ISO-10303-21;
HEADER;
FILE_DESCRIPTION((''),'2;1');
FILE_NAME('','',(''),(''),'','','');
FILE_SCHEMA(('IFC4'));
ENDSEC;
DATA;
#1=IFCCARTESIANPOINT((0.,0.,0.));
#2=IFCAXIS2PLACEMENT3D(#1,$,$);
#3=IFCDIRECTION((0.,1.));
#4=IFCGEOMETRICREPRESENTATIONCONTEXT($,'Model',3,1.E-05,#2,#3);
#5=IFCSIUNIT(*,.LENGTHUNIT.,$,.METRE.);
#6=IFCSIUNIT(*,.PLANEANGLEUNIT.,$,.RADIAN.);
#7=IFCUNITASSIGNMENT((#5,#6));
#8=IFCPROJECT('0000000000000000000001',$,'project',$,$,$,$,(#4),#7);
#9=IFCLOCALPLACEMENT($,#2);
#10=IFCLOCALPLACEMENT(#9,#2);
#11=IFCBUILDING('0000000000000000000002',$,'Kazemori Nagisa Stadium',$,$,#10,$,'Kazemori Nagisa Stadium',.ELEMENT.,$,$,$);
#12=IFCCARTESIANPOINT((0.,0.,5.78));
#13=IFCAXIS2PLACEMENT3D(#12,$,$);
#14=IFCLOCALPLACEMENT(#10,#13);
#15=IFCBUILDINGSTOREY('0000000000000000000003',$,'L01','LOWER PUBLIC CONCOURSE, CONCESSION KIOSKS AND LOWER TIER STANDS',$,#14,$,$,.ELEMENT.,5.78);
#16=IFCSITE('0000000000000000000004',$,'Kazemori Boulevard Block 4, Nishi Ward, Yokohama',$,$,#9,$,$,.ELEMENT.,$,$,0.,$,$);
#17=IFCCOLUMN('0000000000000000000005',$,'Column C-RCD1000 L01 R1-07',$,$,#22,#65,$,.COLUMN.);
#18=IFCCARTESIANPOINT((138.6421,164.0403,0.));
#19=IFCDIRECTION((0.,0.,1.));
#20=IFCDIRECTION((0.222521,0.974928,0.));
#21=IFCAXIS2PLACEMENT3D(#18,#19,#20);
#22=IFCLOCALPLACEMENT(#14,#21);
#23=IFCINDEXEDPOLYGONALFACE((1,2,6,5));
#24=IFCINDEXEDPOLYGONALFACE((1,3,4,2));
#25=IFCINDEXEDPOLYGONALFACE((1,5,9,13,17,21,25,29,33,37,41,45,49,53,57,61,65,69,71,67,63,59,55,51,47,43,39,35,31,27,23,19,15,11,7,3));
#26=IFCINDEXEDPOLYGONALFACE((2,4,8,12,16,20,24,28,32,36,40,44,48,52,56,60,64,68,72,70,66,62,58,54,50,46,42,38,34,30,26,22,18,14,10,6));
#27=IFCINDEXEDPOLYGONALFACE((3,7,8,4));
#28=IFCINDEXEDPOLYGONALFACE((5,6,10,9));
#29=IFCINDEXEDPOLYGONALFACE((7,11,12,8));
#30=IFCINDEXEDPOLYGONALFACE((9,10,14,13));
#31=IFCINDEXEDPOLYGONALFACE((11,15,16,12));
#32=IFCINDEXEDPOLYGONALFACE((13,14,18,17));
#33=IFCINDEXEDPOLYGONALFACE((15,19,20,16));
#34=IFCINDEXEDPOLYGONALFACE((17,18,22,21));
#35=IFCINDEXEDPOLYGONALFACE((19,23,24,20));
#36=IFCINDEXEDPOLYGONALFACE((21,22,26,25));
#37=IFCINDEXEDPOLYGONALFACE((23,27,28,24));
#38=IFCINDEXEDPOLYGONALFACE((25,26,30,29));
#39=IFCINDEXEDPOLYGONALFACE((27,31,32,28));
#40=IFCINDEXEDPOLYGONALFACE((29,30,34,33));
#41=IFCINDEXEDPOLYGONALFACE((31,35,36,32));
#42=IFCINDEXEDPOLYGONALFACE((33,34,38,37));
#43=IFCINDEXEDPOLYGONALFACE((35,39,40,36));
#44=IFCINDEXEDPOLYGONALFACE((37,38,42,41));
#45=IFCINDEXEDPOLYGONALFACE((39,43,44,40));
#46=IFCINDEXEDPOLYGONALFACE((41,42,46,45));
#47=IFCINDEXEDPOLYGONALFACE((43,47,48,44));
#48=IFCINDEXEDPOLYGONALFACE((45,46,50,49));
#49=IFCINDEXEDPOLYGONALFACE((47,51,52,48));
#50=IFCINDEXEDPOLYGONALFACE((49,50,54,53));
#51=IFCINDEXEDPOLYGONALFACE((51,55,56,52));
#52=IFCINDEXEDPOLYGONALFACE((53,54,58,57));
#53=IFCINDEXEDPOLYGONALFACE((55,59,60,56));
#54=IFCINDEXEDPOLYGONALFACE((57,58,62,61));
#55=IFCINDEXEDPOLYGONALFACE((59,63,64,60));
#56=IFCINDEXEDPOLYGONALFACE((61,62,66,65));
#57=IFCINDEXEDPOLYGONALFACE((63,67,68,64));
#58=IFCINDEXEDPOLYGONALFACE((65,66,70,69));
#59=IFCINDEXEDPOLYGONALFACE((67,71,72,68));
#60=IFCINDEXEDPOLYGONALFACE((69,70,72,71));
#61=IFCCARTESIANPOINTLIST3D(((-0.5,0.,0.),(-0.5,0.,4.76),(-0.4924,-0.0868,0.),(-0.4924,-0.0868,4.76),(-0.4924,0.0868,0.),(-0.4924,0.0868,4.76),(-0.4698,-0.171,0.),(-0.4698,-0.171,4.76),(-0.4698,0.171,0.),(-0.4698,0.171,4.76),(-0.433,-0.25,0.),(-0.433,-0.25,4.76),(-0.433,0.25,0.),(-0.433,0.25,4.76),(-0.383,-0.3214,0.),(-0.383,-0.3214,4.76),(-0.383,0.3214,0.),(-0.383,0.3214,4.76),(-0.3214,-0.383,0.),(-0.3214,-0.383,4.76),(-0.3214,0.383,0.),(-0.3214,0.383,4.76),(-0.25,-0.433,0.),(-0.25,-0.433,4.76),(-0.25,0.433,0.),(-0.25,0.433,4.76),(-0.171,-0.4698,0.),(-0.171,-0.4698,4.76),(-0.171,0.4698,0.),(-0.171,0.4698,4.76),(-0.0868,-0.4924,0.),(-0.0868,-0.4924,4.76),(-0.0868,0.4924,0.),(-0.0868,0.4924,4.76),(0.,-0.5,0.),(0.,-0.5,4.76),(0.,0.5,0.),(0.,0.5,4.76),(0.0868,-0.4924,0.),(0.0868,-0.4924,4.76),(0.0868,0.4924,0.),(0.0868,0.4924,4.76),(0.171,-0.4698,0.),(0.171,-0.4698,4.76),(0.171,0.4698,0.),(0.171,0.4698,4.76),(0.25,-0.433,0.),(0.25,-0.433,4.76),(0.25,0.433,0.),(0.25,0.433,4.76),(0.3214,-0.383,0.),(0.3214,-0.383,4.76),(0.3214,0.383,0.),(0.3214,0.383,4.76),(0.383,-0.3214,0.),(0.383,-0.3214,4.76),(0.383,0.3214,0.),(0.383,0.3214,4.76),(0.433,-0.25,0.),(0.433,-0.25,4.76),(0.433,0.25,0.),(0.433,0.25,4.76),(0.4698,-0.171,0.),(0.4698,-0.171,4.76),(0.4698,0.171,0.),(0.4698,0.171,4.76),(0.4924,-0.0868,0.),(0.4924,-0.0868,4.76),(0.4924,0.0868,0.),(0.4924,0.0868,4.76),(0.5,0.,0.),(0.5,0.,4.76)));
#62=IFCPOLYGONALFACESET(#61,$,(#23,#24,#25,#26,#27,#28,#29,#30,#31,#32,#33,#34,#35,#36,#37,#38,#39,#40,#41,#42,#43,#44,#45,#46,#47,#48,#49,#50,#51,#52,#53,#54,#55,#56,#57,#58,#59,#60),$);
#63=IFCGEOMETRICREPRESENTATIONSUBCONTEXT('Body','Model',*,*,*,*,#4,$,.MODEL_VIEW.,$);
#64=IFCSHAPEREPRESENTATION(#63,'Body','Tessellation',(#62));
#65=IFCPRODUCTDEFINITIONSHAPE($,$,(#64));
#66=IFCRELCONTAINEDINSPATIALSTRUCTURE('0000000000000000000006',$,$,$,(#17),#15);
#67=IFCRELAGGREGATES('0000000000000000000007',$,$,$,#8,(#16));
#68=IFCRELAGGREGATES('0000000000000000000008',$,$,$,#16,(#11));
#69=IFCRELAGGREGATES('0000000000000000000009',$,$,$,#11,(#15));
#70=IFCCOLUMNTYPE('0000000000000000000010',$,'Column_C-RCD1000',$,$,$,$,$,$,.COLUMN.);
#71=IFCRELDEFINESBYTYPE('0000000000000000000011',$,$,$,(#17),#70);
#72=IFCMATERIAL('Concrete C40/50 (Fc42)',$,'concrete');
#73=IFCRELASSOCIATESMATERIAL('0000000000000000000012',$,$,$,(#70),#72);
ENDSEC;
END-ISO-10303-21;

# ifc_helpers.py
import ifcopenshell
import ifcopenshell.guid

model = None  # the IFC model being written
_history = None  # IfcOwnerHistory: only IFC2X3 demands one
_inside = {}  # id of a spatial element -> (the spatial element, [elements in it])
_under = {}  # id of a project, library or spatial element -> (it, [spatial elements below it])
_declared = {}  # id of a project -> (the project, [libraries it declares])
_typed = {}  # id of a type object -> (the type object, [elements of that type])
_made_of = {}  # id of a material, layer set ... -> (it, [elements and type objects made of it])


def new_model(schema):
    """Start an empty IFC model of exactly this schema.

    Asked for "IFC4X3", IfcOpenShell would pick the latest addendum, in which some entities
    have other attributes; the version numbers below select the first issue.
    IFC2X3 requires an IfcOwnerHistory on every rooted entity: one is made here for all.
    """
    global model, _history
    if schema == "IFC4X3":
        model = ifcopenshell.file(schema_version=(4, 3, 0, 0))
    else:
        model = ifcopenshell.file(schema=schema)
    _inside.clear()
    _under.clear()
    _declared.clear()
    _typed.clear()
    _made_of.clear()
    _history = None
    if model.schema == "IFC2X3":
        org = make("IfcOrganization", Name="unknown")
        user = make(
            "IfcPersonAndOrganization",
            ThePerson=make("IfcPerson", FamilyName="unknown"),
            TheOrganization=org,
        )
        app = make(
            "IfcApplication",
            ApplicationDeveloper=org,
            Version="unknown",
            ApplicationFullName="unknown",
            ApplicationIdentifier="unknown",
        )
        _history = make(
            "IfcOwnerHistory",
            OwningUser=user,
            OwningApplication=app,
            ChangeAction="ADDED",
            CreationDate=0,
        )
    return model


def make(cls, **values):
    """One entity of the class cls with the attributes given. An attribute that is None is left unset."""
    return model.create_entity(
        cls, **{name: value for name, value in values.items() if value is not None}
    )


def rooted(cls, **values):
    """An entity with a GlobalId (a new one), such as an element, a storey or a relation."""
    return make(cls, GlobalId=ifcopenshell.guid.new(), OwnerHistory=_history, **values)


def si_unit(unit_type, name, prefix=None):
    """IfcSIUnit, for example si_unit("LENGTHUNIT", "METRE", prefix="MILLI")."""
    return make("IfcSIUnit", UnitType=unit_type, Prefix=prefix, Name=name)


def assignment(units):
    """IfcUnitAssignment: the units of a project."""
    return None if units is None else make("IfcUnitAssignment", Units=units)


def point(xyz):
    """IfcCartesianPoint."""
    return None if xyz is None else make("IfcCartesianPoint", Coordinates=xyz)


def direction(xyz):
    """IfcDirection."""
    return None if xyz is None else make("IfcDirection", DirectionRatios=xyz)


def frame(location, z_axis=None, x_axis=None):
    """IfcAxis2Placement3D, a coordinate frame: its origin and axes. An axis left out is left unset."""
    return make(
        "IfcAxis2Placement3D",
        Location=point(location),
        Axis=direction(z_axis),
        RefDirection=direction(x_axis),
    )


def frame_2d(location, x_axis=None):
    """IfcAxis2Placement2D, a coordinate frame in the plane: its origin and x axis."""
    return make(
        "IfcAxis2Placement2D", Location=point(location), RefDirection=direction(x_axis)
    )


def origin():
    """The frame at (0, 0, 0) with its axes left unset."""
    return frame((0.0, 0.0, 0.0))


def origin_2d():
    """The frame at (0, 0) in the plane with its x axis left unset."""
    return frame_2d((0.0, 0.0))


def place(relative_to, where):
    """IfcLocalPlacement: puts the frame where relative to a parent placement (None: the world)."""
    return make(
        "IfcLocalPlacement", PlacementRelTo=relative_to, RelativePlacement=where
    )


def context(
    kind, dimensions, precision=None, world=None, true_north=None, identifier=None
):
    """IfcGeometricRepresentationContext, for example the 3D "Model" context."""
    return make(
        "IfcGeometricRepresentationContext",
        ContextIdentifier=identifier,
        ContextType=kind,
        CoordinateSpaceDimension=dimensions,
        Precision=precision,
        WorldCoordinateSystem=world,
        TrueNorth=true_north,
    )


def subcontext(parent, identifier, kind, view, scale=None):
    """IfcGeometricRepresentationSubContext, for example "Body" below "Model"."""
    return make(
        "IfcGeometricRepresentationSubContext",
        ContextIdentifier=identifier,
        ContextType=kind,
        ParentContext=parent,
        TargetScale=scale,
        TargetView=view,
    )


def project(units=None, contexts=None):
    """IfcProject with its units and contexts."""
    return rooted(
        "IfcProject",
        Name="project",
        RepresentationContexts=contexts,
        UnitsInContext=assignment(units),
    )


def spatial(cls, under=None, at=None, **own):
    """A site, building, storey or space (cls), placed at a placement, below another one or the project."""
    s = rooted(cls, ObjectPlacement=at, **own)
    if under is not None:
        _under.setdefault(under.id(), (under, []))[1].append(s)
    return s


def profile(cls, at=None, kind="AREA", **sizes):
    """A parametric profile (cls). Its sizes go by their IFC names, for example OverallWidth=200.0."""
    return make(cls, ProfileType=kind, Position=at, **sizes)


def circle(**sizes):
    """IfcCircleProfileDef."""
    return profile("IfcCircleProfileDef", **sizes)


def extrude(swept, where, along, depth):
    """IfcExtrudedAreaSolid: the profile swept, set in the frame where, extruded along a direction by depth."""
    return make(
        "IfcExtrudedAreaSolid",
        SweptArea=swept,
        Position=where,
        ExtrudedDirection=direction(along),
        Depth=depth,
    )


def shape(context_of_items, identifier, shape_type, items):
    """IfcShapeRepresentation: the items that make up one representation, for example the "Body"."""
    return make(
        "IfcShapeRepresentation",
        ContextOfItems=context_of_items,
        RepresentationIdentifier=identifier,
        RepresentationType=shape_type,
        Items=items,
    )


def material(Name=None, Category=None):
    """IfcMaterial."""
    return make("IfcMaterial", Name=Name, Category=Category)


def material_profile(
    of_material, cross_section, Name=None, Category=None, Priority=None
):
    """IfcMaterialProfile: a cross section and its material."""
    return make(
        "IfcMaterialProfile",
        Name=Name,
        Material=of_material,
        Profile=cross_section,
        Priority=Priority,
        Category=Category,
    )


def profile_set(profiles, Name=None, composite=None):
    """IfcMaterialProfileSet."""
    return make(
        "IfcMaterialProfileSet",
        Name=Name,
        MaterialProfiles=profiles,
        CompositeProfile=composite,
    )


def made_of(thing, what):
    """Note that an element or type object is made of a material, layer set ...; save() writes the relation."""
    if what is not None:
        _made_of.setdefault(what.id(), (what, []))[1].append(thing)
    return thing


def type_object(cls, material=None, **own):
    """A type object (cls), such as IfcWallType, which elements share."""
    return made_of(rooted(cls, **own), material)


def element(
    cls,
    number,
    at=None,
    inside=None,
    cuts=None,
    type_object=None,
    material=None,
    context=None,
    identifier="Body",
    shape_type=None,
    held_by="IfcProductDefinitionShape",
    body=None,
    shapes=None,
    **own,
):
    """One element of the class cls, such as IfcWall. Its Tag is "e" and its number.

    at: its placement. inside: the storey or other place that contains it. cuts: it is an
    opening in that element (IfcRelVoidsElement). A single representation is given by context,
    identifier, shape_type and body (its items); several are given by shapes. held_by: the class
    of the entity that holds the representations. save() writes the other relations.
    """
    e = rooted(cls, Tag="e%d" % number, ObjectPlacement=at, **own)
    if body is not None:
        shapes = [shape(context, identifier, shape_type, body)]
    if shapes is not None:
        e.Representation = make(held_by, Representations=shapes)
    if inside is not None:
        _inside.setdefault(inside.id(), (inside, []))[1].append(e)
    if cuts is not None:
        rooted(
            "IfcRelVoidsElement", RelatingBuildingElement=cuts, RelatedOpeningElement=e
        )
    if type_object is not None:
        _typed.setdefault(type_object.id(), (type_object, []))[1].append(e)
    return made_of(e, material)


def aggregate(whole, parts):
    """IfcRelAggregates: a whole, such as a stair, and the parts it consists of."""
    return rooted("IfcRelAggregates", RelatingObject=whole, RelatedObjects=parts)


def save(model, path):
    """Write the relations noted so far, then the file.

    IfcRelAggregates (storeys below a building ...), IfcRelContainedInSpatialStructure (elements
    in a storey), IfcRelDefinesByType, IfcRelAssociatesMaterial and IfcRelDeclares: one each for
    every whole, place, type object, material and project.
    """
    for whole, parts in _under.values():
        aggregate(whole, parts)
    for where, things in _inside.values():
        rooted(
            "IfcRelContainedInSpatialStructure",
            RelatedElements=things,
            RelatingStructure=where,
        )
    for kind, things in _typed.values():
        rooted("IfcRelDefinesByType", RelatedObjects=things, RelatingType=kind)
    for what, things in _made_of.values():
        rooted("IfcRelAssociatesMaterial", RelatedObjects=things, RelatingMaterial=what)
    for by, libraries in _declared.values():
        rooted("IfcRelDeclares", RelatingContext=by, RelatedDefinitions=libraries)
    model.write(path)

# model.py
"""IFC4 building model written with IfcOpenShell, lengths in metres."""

from ifc_helpers import new_model, si_unit, direction, frame, origin, origin_2d, place, context, subcontext, project, spatial, circle, extrude, material, material_profile, profile_set, type_object, element, save


model = new_model("IFC4")

# Units and contexts
model_context = context("Model", 3, precision=1e-05, world=origin(), true_north=direction((0.0, 1.0)))
body_context = subcontext(model_context, "Body", "Model", "MODEL_VIEW")
ifc_project = project(units=[si_unit("LENGTHUNIT", "METRE"), si_unit("PLANEANGLEUNIT", "RADIAN")], contexts=[model_context])

# Site, building, storey
site_placement = place(None, origin())
site = spatial("IfcSite", under=ifc_project, at=site_placement, Name="Kazemori Boulevard Block 4, Nishi Ward, Yokohama", CompositionType="ELEMENT", RefElevation=0.0)
building_placement = place(site_placement, origin())
building = spatial("IfcBuilding", under=site, at=building_placement, Name="Kazemori Nagisa Stadium", LongName="Kazemori Nagisa Stadium", CompositionType="ELEMENT")
storey_placement = place(building_placement, frame((0.0, 0.0, 5.78)))
storey = spatial("IfcBuildingStorey", under=building, at=storey_placement, Name="L01", Description="LOWER PUBLIC CONCOURSE, CONCESSION KIOSKS AND LOWER TIER STANDS", CompositionType="ELEMENT", Elevation=5.78)

# Column
ifc_material_1 = material(Name="Concrete C40/50 (Fc42)", Category="concrete")
ifc_material_profile_1 = material_profile(ifc_material_1, circle(Radius=0.5, at=origin_2d()), Name="RC-COL-D1000")
ifc_profile_set_1 = profile_set([ifc_material_profile_1], Name="Concrete C40/50 (Fc42)")
column_type_1 = type_object("IfcColumnType", Name="Column_C-RCD1000", PredefinedType="COLUMN", material=ifc_profile_set_1)
column_1_placement = place(storey_placement, frame((138.6421, 164.0403, 0.0), z_axis=(0.0, 0.0, 1.0), x_axis=(0.222521, 0.974928, 0.0)))
element("IfcColumn", 1, at=column_1_placement, inside=storey, type_object=column_type_1, Name="Column C-RCD1000 L01 R1-07", PredefinedType="COLUMN", context=body_context, shape_type="SweptSolid", body=[
    extrude(circle(Radius=0.5, at=origin_2d()), origin(), (0.0, 0.0, 1.0), 4.76),
])

save(model, "model.ifc")
